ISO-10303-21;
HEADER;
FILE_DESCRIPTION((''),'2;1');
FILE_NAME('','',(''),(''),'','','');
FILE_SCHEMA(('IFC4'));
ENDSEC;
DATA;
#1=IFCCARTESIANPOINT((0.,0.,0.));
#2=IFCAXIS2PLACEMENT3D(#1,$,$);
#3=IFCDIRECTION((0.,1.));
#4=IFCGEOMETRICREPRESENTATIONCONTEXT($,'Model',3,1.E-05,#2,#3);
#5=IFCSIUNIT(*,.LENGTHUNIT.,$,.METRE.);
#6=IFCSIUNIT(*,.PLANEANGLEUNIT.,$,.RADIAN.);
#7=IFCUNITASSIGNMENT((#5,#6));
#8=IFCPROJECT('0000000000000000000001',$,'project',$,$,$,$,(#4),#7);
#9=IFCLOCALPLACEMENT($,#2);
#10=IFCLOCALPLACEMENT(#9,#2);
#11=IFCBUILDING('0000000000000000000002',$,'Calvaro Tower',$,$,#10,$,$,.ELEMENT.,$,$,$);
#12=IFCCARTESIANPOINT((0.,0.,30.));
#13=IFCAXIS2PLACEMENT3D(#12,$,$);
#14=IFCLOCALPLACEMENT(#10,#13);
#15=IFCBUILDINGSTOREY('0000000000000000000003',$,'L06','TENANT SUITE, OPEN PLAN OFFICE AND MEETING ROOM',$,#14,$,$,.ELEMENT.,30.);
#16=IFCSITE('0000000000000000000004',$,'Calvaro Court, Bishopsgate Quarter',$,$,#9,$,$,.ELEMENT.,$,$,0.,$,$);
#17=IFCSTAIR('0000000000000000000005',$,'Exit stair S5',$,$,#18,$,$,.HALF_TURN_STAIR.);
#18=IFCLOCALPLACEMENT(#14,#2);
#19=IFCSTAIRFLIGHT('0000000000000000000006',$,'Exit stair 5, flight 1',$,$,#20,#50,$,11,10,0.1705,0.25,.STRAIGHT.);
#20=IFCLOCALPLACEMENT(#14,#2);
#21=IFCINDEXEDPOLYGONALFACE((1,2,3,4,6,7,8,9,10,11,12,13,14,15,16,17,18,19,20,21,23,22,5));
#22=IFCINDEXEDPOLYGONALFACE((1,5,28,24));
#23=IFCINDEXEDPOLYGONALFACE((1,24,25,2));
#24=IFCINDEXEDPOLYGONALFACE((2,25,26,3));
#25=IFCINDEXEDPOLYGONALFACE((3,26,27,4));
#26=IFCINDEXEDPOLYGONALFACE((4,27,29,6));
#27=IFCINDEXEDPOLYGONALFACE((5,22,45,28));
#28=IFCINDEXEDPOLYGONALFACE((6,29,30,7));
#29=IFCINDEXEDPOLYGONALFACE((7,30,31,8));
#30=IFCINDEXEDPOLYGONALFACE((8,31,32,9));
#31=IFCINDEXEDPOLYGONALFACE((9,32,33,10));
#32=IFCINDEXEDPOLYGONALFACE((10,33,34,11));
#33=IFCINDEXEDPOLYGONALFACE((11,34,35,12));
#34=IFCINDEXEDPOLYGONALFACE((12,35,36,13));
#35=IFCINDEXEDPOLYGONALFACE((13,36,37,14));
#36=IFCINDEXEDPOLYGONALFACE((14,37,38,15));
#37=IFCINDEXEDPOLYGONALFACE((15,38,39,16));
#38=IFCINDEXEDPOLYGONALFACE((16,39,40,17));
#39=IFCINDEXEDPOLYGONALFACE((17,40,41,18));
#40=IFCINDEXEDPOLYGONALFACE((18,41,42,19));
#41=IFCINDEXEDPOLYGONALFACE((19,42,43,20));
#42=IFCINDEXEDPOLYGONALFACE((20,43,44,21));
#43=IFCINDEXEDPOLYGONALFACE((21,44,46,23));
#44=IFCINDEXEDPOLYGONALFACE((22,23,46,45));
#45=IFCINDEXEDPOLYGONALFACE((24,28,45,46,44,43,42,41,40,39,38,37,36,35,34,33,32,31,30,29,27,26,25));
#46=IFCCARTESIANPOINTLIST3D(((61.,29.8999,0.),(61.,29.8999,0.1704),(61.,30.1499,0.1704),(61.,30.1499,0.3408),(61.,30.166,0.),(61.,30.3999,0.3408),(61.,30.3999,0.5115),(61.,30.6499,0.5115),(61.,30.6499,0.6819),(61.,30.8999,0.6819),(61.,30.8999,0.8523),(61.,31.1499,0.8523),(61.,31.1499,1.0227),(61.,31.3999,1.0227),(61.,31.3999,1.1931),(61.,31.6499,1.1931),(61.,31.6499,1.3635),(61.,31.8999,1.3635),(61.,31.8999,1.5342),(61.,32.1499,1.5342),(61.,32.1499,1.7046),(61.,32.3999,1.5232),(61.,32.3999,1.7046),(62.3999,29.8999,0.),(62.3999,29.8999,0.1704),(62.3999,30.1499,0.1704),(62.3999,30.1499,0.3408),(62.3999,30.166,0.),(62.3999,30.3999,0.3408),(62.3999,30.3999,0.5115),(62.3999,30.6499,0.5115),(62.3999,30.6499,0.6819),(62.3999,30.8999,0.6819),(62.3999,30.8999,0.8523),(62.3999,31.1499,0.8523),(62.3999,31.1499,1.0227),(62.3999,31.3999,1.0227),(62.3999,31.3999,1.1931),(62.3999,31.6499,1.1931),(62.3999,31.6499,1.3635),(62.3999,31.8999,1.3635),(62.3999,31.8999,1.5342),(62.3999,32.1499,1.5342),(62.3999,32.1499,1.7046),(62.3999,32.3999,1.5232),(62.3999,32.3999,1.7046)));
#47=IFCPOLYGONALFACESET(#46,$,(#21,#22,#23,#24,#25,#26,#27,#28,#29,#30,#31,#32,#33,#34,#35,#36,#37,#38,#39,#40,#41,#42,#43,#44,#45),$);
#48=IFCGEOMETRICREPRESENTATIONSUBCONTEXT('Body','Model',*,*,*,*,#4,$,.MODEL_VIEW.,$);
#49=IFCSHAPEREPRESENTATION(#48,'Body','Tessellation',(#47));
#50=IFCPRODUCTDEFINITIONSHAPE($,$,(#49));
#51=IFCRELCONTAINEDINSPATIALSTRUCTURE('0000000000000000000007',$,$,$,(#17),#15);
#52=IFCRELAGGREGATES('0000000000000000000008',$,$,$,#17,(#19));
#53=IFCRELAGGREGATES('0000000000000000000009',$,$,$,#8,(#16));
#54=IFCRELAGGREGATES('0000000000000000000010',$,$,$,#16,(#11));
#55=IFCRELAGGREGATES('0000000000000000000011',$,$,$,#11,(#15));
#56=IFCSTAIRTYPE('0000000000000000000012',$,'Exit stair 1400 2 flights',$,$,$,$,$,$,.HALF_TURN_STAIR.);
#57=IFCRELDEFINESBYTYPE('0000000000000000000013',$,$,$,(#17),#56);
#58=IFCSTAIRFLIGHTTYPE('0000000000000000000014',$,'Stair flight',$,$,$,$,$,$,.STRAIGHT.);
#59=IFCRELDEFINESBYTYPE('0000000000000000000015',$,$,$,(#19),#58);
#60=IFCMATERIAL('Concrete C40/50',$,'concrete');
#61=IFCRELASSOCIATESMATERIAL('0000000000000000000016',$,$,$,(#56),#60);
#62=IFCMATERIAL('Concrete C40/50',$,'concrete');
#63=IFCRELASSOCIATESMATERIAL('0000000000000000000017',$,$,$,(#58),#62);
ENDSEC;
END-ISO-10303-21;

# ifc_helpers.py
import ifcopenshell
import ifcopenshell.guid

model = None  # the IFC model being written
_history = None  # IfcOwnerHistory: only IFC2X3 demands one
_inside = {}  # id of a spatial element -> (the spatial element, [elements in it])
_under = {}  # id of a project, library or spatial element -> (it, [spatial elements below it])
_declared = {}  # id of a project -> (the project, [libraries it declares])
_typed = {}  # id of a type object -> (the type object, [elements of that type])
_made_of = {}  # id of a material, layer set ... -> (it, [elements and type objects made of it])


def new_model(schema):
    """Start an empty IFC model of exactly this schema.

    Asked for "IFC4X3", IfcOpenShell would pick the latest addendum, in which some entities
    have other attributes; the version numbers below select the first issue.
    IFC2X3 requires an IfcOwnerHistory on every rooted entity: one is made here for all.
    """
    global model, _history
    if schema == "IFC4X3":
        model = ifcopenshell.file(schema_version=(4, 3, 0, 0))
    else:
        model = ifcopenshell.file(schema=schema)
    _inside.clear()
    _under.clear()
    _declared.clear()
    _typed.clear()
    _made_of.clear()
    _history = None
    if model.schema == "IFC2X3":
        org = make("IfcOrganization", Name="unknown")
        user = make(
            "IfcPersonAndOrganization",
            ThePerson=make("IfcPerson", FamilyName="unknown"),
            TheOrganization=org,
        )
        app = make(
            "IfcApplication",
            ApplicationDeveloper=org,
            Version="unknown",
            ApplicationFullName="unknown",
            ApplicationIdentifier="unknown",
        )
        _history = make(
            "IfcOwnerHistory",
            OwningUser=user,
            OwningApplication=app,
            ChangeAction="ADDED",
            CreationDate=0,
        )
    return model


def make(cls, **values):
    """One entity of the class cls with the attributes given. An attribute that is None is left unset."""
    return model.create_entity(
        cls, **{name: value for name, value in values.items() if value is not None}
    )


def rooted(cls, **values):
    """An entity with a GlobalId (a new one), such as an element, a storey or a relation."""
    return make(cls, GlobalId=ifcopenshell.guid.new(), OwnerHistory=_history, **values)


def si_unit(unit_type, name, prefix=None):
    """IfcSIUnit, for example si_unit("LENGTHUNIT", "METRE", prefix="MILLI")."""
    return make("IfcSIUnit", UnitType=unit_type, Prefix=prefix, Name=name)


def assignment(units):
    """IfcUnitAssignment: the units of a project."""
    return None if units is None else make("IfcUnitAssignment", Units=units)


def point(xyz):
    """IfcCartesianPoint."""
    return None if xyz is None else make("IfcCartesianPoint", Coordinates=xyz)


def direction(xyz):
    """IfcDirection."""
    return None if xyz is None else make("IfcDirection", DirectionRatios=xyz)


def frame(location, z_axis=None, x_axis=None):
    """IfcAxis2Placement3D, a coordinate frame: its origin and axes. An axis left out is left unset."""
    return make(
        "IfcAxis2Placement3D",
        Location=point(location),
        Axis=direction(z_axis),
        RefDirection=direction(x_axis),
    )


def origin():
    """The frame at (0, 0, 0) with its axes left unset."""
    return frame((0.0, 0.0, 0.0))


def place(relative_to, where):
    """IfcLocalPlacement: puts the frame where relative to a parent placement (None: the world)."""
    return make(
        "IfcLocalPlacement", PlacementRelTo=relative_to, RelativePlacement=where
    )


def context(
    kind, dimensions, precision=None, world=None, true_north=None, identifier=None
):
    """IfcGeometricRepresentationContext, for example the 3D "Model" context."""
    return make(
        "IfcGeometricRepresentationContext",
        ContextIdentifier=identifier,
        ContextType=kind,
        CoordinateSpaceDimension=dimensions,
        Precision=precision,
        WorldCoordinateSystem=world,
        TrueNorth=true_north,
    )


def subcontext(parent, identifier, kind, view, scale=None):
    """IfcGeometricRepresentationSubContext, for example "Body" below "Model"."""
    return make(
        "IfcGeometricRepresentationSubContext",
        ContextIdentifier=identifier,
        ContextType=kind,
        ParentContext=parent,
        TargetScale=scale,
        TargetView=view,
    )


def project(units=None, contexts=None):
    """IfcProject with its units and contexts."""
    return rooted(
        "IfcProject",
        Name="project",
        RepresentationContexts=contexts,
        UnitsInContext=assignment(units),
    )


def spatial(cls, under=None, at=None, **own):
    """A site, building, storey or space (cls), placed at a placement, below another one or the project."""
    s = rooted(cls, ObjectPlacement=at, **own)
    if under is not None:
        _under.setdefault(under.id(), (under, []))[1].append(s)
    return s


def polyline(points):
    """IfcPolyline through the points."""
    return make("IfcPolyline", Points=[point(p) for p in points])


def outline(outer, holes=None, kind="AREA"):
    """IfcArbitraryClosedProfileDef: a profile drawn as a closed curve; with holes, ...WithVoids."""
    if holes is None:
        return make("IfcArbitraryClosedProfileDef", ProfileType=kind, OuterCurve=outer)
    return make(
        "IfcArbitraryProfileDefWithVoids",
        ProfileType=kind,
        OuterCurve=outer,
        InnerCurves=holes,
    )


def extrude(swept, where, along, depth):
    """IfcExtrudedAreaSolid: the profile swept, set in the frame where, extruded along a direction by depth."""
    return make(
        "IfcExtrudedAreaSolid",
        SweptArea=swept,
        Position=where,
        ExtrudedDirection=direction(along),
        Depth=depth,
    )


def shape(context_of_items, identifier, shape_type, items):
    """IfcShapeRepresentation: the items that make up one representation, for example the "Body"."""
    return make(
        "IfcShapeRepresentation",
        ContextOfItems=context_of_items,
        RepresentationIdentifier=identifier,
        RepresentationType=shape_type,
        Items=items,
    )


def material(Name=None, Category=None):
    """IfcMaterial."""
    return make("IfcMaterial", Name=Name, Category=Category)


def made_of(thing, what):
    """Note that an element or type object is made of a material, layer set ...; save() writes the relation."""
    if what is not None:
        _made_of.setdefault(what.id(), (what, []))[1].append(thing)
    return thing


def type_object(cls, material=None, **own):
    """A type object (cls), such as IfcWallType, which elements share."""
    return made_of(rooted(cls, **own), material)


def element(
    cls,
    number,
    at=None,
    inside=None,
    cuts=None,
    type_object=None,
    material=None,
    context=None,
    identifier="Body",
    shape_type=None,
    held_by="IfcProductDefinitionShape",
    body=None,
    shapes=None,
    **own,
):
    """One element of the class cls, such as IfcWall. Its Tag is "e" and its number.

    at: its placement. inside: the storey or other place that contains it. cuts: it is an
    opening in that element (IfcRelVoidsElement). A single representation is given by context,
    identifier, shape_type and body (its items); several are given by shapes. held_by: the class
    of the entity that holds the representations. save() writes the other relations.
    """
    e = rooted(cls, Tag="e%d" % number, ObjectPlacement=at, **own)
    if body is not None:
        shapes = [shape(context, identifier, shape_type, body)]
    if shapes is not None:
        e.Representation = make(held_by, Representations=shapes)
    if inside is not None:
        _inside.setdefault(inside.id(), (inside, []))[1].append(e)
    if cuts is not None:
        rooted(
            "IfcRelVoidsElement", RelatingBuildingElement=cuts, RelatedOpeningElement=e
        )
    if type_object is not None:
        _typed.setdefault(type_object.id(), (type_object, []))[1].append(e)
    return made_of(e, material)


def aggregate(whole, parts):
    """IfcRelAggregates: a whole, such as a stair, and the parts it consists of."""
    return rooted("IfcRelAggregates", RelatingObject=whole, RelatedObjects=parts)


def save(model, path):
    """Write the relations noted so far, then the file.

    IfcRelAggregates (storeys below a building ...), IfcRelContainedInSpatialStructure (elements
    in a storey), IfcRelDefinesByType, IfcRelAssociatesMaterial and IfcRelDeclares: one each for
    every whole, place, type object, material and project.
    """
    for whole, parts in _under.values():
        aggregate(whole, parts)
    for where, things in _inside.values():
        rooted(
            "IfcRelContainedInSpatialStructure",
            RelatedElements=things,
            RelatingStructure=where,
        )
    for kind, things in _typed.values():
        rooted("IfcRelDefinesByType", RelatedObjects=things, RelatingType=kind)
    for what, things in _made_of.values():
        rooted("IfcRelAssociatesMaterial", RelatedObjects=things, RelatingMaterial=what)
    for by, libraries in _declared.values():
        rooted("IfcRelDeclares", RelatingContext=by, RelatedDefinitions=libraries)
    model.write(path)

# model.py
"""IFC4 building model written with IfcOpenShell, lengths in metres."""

from ifc_helpers import new_model, si_unit, direction, frame, origin, place, context, subcontext, project, spatial, polyline, outline, extrude, material, type_object, element, aggregate, save


model = new_model("IFC4")

# Units and contexts
model_context = context("Model", 3, precision=1e-05, world=origin(), true_north=direction((0.0, 1.0)))
body_context = subcontext(model_context, "Body", "Model", "MODEL_VIEW")
ifc_project = project(units=[si_unit("LENGTHUNIT", "METRE"), si_unit("PLANEANGLEUNIT", "RADIAN")], contexts=[model_context])

# Site, building, storey
site_placement = place(None, origin())
site = spatial("IfcSite", under=ifc_project, at=site_placement, Name="Calvaro Court, Bishopsgate Quarter", CompositionType="ELEMENT", RefElevation=0.0)
building_placement = place(site_placement, origin())
building = spatial("IfcBuilding", under=site, at=building_placement, Name="Calvaro Tower", CompositionType="ELEMENT")
storey_placement = place(building_placement, frame((0.0, 0.0, 30.0)))
storey = spatial("IfcBuildingStorey", under=building, at=storey_placement, Name="L06", Description="TENANT SUITE, OPEN PLAN OFFICE AND MEETING ROOM", CompositionType="ELEMENT", Elevation=30.0)

# Stair, stair flight
ifc_material_1 = material(Name="Concrete C40/50", Category="concrete")
stair_type = type_object("IfcStairType", Name="Exit stair 1400 2 flights", PredefinedType="HALF_TURN_STAIR", material=ifc_material_1)
stair_placement = place(storey_placement, origin())
stair = element("IfcStair", 1, at=stair_placement, inside=storey, type_object=stair_type, Name="Exit stair S5", PredefinedType="HALF_TURN_STAIR")
ifc_material_2 = material(Name="Concrete C40/50", Category="concrete")
stair_flight_type = type_object("IfcStairFlightType", Name="Stair flight", PredefinedType="STRAIGHT", material=ifc_material_2)
stair_flight_placement = place(storey_placement, frame((61.7, 29.8999, 0.0), z_axis=(0.0, 0.0, 1.0), x_axis=(0.0, 1.0, 0.0)))
stair_flight = element("IfcStairFlight", 2, at=stair_flight_placement, type_object=stair_flight_type, Name="Exit stair 5, flight 1", NumberOfRisers=11, NumberOfTreads=10, PredefinedType="STRAIGHT", RiserHeight=0.1705, TreadLength=0.25, context=body_context, shape_type="SweptSolid", body=[
    extrude(outline(polyline([(0.0, 0.0), (0.0, 0.1704), (0.25, 0.1704), (0.25, 0.3408), (0.5, 0.3408), (0.5, 0.5115), (0.75, 0.5115), (0.75, 0.6819), (1.0, 0.6819), (1.0, 0.8523), (1.25, 0.8523), (1.25, 1.0227), (1.5, 1.0227), (1.5, 1.1931), (1.75, 1.1931), (1.75, 1.3635), (2.0, 1.3635), (2.0, 1.5342), (2.25, 1.5342), (2.25, 1.7046), (2.5, 1.7046), (2.5, 1.875), (2.5, 1.5232), (0.2661, 0.0), (0.0, 0.0)])), frame((0.0, 0.7, 0.0), z_axis=(0.0, -1.0, 0.0), x_axis=(1.0, 0.0, 0.0)), (0.0, 0.0, 1.0), 1.3999),
])
aggregate(stair, [stair_flight])

save(model, "model.ifc")
